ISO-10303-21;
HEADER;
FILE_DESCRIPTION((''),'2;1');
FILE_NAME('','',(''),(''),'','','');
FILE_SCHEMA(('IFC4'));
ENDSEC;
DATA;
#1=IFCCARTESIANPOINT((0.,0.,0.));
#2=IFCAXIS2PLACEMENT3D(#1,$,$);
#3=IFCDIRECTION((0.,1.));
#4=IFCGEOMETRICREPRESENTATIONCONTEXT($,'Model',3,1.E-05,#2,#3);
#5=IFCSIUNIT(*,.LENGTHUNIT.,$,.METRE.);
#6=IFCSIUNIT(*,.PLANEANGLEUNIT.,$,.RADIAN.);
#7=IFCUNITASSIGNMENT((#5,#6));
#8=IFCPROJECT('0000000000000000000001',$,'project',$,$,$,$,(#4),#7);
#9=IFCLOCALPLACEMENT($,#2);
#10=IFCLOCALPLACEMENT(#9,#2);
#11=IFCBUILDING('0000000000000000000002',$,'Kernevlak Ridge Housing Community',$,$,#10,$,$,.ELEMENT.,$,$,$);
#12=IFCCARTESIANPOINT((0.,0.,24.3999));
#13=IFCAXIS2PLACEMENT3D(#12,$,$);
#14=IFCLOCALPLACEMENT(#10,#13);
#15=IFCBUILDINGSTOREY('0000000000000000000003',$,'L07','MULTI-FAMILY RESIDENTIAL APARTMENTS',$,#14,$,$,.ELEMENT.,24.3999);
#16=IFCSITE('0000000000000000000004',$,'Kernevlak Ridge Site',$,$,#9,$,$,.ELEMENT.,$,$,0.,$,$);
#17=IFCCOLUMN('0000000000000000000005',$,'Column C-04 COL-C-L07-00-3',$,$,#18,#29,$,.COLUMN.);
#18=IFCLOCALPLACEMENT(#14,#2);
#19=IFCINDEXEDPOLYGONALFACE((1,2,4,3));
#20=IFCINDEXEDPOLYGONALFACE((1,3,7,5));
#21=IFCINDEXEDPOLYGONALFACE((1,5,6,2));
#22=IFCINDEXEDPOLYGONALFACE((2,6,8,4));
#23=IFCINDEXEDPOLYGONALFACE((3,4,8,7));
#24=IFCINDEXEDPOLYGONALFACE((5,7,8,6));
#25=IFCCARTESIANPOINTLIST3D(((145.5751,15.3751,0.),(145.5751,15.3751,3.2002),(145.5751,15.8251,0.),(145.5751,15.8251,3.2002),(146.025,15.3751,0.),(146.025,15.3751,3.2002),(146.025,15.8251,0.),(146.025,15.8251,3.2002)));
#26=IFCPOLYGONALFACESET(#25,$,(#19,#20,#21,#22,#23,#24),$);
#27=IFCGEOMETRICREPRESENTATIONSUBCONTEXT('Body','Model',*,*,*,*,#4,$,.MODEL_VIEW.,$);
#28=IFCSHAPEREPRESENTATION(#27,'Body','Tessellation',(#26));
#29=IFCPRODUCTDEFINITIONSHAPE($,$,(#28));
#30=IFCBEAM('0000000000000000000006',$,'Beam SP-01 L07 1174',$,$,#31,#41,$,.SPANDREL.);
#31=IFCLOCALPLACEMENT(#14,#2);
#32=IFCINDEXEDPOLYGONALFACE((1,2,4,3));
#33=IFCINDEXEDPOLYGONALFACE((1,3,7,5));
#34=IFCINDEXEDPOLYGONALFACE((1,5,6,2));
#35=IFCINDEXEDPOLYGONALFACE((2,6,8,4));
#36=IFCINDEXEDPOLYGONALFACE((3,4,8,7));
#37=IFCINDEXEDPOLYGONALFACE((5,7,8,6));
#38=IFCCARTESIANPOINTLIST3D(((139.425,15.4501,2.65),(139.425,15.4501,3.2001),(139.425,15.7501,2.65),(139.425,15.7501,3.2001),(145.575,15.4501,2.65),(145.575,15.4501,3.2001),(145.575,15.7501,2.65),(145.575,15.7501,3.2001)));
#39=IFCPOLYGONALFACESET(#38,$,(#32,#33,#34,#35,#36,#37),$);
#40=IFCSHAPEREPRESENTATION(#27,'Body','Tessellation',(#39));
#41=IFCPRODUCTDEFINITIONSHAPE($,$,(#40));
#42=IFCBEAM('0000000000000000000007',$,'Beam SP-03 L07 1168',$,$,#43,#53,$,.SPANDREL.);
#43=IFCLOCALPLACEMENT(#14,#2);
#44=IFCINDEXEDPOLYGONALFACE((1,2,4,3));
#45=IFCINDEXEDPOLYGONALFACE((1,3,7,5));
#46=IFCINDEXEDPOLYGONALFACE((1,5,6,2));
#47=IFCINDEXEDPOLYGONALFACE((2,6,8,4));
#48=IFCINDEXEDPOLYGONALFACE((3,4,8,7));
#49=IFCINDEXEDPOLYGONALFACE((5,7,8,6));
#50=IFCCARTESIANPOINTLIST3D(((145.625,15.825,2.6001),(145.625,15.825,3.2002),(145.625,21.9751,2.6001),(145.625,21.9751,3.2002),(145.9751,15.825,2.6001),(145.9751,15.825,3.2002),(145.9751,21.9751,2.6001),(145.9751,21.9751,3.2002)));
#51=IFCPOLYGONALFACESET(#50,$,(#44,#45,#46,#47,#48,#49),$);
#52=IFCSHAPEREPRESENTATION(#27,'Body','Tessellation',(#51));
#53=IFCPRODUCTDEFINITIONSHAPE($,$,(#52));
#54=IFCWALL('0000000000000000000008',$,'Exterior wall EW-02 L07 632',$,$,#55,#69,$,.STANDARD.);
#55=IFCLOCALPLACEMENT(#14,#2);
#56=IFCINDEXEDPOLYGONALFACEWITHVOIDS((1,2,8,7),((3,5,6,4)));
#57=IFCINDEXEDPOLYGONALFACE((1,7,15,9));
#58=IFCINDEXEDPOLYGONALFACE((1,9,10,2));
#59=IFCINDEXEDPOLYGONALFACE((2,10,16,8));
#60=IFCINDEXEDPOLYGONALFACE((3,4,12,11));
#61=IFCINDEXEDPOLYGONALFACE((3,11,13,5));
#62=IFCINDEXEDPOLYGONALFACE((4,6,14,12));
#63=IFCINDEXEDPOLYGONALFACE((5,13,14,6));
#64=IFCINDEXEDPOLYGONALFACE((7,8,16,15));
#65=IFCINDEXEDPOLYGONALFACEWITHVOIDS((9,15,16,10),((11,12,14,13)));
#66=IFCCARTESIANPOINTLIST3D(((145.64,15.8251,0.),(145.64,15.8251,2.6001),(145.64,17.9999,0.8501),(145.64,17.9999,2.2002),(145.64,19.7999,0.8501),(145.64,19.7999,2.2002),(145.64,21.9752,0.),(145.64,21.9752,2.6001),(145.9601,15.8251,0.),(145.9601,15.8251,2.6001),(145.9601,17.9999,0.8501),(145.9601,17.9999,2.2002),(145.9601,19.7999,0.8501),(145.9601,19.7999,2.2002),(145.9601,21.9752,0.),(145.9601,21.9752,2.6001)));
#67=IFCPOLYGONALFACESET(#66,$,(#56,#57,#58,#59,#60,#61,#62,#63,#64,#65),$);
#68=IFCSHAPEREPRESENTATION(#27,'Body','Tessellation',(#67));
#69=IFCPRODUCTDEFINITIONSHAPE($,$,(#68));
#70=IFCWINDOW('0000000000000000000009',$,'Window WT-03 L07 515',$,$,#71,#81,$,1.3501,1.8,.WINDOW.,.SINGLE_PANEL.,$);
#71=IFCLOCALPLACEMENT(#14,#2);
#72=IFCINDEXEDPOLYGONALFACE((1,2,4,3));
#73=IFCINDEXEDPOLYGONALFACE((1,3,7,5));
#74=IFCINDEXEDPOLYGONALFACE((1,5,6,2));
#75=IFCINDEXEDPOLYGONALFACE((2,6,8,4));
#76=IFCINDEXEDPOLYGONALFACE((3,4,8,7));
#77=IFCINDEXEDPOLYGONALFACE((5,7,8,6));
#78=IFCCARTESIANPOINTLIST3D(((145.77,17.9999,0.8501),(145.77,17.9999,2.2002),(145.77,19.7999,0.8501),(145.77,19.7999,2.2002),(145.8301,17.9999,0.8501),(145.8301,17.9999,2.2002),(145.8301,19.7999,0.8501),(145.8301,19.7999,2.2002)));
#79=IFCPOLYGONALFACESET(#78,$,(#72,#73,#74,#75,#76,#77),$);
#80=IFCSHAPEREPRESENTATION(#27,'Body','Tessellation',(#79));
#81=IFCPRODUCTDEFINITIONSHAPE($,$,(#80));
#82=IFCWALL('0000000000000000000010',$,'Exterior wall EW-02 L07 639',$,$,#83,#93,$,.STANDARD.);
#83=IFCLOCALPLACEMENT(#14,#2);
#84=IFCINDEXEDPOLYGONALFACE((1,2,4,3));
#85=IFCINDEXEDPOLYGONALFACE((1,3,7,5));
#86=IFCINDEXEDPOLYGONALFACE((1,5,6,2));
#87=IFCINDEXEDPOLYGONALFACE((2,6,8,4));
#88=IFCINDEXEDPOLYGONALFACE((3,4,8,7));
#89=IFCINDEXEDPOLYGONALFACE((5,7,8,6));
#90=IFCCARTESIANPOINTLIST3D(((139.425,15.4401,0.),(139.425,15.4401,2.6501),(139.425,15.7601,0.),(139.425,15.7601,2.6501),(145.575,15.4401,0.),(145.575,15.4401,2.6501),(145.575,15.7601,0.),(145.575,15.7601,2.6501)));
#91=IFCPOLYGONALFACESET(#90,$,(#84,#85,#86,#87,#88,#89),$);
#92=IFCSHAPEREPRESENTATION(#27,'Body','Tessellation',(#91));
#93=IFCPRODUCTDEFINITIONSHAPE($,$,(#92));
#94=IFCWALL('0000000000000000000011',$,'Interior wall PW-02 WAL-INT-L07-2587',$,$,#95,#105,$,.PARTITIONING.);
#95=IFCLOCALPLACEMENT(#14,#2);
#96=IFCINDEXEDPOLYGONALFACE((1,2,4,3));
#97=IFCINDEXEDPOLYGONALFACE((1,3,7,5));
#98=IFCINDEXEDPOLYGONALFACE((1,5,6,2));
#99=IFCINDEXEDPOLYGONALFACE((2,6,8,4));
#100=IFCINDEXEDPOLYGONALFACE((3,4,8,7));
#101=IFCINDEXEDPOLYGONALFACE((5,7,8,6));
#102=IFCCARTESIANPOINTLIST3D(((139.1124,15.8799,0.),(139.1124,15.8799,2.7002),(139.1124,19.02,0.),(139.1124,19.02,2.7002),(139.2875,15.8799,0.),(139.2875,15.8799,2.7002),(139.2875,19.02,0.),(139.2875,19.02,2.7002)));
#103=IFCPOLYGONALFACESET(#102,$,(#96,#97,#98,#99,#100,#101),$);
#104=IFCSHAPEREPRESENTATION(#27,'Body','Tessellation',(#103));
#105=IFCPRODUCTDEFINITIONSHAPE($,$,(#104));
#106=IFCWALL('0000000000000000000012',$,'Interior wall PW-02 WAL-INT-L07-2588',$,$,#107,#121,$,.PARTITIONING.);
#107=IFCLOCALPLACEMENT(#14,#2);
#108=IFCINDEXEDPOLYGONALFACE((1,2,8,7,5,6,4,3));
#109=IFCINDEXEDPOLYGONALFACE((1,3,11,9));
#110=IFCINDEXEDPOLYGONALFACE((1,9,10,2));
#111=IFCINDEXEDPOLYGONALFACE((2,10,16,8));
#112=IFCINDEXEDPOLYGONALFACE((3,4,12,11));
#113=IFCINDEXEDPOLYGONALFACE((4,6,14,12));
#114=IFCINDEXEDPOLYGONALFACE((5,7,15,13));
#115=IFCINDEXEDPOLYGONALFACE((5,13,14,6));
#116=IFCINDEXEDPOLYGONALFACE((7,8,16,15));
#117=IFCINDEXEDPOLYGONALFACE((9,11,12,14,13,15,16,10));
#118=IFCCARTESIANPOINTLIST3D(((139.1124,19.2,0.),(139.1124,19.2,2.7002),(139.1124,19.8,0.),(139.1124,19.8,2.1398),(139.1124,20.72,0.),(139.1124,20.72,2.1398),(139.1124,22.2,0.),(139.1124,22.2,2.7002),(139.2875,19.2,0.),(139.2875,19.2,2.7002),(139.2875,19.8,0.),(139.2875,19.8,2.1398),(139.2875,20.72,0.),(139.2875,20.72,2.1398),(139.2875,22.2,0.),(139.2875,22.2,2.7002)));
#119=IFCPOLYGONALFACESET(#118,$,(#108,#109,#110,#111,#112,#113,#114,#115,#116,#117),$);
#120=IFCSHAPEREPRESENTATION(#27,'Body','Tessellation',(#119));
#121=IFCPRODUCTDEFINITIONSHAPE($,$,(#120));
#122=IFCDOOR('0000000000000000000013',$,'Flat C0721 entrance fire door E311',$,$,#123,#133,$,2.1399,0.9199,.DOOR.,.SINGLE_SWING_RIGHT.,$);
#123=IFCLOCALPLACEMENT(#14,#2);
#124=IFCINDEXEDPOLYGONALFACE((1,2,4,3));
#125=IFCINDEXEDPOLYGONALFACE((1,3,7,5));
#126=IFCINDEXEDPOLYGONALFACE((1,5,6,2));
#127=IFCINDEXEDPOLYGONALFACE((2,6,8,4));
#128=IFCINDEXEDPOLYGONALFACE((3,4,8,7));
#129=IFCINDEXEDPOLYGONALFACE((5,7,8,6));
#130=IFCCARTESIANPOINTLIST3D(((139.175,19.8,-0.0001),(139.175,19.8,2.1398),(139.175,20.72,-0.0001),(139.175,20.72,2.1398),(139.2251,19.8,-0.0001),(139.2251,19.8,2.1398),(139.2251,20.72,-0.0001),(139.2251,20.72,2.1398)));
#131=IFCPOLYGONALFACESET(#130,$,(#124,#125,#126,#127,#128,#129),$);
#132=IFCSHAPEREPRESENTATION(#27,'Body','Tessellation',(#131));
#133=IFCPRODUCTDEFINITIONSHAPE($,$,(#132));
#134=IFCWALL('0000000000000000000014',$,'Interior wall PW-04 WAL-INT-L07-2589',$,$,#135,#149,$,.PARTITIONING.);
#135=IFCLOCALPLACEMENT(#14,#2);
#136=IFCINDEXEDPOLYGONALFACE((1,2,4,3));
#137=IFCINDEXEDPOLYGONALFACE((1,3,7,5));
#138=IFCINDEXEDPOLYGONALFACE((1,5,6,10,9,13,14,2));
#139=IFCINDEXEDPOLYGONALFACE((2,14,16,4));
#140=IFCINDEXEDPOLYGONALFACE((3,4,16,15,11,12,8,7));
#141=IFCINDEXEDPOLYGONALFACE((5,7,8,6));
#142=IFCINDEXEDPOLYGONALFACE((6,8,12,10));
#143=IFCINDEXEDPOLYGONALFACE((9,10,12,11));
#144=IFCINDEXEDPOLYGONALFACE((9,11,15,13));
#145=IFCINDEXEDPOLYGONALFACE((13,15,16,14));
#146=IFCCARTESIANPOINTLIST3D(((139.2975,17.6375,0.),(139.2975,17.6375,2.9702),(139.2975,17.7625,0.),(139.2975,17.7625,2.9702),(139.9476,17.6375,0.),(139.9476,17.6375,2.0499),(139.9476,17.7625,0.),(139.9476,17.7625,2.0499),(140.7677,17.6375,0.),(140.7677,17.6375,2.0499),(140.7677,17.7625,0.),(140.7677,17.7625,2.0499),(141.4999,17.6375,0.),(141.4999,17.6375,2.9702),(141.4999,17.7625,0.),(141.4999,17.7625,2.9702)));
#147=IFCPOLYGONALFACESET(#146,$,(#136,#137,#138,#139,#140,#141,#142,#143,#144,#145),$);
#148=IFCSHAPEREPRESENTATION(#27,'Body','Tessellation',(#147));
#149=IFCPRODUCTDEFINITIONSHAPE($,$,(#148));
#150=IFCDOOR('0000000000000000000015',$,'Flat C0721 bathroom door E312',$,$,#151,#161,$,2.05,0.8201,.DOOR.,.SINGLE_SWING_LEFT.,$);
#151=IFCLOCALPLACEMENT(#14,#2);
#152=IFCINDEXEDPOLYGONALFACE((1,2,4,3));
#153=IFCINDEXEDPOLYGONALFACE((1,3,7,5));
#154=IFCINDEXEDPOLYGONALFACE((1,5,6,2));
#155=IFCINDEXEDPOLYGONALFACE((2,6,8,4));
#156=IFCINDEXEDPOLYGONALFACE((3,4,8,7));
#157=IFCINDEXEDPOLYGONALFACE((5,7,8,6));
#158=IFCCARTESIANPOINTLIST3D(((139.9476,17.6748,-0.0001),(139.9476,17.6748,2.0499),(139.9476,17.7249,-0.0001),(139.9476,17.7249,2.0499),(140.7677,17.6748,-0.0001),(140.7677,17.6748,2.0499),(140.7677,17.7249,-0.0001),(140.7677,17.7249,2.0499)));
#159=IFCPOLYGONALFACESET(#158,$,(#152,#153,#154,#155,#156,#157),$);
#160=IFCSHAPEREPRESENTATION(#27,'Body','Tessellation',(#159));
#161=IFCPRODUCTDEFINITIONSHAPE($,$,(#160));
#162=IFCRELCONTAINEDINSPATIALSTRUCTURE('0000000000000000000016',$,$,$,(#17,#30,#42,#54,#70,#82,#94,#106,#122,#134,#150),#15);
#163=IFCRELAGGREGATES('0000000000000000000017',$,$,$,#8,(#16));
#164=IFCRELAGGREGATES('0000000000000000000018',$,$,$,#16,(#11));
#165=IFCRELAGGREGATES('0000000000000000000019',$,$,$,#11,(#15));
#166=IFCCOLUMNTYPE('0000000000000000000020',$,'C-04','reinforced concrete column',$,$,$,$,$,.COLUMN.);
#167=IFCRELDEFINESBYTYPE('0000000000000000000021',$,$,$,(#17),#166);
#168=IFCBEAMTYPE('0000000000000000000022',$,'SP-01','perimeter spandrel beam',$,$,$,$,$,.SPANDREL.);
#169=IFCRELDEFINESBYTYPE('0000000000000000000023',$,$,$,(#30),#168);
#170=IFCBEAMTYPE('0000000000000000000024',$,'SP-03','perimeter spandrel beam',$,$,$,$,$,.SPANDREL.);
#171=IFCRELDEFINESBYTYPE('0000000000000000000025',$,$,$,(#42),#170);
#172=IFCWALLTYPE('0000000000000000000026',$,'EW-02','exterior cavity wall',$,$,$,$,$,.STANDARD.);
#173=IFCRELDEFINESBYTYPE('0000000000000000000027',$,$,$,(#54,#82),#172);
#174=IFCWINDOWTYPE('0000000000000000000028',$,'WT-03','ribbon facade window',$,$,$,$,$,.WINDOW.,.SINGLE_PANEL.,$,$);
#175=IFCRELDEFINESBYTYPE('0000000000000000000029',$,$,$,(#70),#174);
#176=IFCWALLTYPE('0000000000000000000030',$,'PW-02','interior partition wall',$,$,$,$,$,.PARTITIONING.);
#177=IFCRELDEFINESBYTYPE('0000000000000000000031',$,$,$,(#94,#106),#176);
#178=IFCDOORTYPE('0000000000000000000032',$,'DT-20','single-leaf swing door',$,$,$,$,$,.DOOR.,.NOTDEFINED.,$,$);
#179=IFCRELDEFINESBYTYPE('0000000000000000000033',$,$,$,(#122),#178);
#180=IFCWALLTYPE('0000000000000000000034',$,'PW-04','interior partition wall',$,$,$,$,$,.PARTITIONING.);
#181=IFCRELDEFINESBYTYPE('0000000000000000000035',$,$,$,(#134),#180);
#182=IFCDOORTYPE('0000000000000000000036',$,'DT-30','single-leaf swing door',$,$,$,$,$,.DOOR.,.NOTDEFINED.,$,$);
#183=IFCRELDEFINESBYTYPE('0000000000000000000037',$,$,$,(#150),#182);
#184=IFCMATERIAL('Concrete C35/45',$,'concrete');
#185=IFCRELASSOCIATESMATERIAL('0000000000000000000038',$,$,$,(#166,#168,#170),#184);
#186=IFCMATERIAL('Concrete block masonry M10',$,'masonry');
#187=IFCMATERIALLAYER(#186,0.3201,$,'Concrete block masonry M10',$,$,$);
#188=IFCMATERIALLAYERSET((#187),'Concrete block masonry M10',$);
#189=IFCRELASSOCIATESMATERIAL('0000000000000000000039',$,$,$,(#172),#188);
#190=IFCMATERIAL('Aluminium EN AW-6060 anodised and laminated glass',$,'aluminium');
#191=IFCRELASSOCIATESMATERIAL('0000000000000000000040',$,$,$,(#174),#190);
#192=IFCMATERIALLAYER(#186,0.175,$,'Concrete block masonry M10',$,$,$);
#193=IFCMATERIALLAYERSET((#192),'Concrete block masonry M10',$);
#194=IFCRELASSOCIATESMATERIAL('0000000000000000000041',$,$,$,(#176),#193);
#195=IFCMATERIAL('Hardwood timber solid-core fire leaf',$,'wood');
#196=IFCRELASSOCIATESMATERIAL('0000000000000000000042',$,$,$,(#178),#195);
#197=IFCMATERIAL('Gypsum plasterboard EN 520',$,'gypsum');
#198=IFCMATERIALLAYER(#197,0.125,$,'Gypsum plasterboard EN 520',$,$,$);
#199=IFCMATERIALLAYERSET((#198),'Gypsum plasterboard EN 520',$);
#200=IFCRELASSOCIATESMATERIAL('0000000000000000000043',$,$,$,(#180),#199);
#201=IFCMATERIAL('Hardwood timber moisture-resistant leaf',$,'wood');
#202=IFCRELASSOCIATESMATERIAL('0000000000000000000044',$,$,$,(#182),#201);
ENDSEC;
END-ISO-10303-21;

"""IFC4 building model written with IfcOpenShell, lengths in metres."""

from ifc_helpers import new_model, si_unit, direction, frame, frame_2d, origin, origin_2d, place, context, subcontext, project, spatial, rectangle, extrude, material, layer, layer_set, material_profile, profile_set, type_object, element, fill, save


model = new_model("IFC4")

# Units and contexts
model_context = context("Model", 3, precision=1e-05, world=origin(), true_north=direction((0.0, 1.0)))
body_context = subcontext(model_context, "Body", "Model", "MODEL_VIEW")
ifc_project = project(units=[si_unit("LENGTHUNIT", "METRE"), si_unit("PLANEANGLEUNIT", "RADIAN")], contexts=[model_context])

# Site, building, storey
site_placement = place(None, origin())
site = spatial("IfcSite", under=ifc_project, at=site_placement, Name="Kernevlak Ridge Site", CompositionType="ELEMENT", RefElevation=0.0)
building_placement = place(site_placement, origin())
building = spatial("IfcBuilding", under=site, at=building_placement, Name="Kernevlak Ridge Housing Community", CompositionType="ELEMENT")
storey_placement = place(building_placement, frame((0.0, 0.0, 24.3999)))
storey = spatial("IfcBuildingStorey", under=building, at=storey_placement, Name="L07", Description="MULTI-FAMILY RESIDENTIAL APARTMENTS", CompositionType="ELEMENT", Elevation=24.3999)

# Column
ifc_material_1 = material(Name="Concrete C35/45", Category="concrete")
ifc_material_profile_1 = material_profile(ifc_material_1, rectangle(XDim=0.45, YDim=0.45, at=origin_2d()), Name="RC 450x450")
ifc_profile_set_1 = profile_set([ifc_material_profile_1], Name="Concrete C35/45")
column_type = type_object("IfcColumnType", Name="C-04", Description="reinforced concrete column", PredefinedType="COLUMN", material=ifc_profile_set_1)
column_placement = place(storey_placement, frame((145.8, 15.6001, 0.0), z_axis=(0.0, 0.0, 1.0), x_axis=(1.0, 0.0, 0.0)))
element("IfcColumn", 1, at=column_placement, inside=storey, type_object=column_type, Name="Column C-04 COL-C-L07-00-3", PredefinedType="COLUMN", context=body_context, shape_type="SweptSolid", body=[
    extrude(rectangle(XDim=0.45, YDim=0.45, at=origin_2d()), origin(), (0.0, 0.0, 1.0), 3.2002),
])

# Beams
ifc_material_profile_2 = material_profile(ifc_material_1, rectangle(XDim=0.3, YDim=0.55, at=origin_2d()), Name="RC 300x550")
ifc_profile_set_2 = profile_set([ifc_material_profile_2], Name="Concrete C35/45")
beam_type_1 = type_object("IfcBeamType", Name="SP-01", Description="perimeter spandrel beam", PredefinedType="SPANDREL", material=ifc_profile_set_2)
beam_1_placement = place(storey_placement, frame((139.425, 15.6001, 2.925), z_axis=(1.0, 0.0, 0.0), x_axis=(0.0, 1.0, 0.0)))
element("IfcBeam", 2, at=beam_1_placement, inside=storey, type_object=beam_type_1, Name="Beam SP-01 L07 1174", PredefinedType="SPANDREL", context=body_context, shape_type="SweptSolid", body=[
    extrude(rectangle(XDim=0.3, YDim=0.55, at=origin_2d()), origin(), (0.0, 0.0, 1.0), 6.1499),
])
ifc_material_profile_3 = material_profile(ifc_material_1, rectangle(XDim=0.3501, YDim=0.6001, at=origin_2d()), Name="RC 350x600")
ifc_profile_set_3 = profile_set([ifc_material_profile_3], Name="Concrete C35/45")
beam_type_2 = type_object("IfcBeamType", Name="SP-03", Description="perimeter spandrel beam", PredefinedType="SPANDREL", material=ifc_profile_set_3)
beam_2_placement = place(storey_placement, frame((145.8, 15.825, 2.9001), z_axis=(0.0, 1.0, 0.0), x_axis=(-1.0, 0.0, 0.0)))
element("IfcBeam", 3, at=beam_2_placement, inside=storey, type_object=beam_type_2, Name="Beam SP-03 L07 1168", PredefinedType="SPANDREL", context=body_context, shape_type="SweptSolid", body=[
    extrude(rectangle(XDim=0.3501, YDim=0.6001, at=origin_2d()), origin(), (0.0, 0.0, 1.0), 6.1501),
])

# Wall, opening, window
ifc_material_2 = material(Name="Concrete block masonry M10", Category="masonry")
ifc_layer_1 = layer(ifc_material_2, 0.3201, Name="Concrete block masonry M10")
ifc_layer_set_1 = layer_set([ifc_layer_1], Name="Concrete block masonry M10")
wall_type_1 = type_object("IfcWallType", Name="EW-02", Description="exterior cavity wall", PredefinedType="STANDARD", material=ifc_layer_set_1)
wall_1_placement = place(storey_placement, frame((145.8, 15.825, 0.0), z_axis=(0.0, 0.0, 1.0), x_axis=(0.0, 1.0, 0.0)))
wall_1 = element("IfcWall", 4, at=wall_1_placement, inside=storey, type_object=wall_type_1, Name="Exterior wall EW-02 L07 632", PredefinedType="STANDARD", context=body_context, shape_type="SweptSolid", body=[
    extrude(rectangle(XDim=6.1501, YDim=0.3201, at=frame_2d((3.0752, 0.0))), origin(), (0.0, 0.0, 1.0), 2.6001),
])
opening_1_placement = place(wall_1_placement, frame((2.175, 0.0, 0.8501)))
opening_1 = element("IfcOpeningElement", 5, at=opening_1_placement, cuts=wall_1, PredefinedType="OPENING", context=body_context, shape_type="SweptSolid", body=[
    extrude(rectangle(XDim=1.8, YDim=1.3501, at=frame_2d((0.8999, 0.675))), frame((0.0, 0.1699, 0.0), z_axis=(0.0, -1.0, 0.0), x_axis=(1.0, 0.0, 0.0)), (0.0, 0.0, 1.0), 0.3401),
])
ifc_material_3 = material(Name="Aluminium EN AW-6060 anodised and laminated glass", Category="aluminium")
window_type = type_object("IfcWindowType", Name="WT-03", Description="ribbon facade window", PartitioningType="SINGLE_PANEL", PredefinedType="WINDOW", material=ifc_material_3)
window_placement = place(opening_1_placement, origin())
window = element("IfcWindow", 6, at=window_placement, inside=storey, type_object=window_type, Name="Window WT-03 L07 515", OverallHeight=1.3501, OverallWidth=1.8, PartitioningType="SINGLE_PANEL", PredefinedType="WINDOW", context=body_context, shape_type="SweptSolid", body=[
    extrude(rectangle(XDim=1.8, YDim=1.3501, at=frame_2d((0.8999, 0.675))), frame((0.0, 0.03, 0.0), z_axis=(0.0, -1.0, 0.0), x_axis=(1.0, 0.0, 0.0)), (0.0, 0.0, 1.0), 0.0601),
])
fill(opening_1, window)

# Walls
wall_2_placement = place(storey_placement, frame((139.425, 15.6001, 0.0), z_axis=(0.0, 0.0, 1.0), x_axis=(1.0, 0.0, 0.0)))
element("IfcWall", 7, at=wall_2_placement, inside=storey, type_object=wall_type_1, Name="Exterior wall EW-02 L07 639", PredefinedType="STANDARD", context=body_context, shape_type="SweptSolid", body=[
    extrude(rectangle(XDim=6.1499, YDim=0.3201, at=frame_2d((3.075, 0.0))), origin(), (0.0, 0.0, 1.0), 2.6501),
])
ifc_layer_2 = layer(ifc_material_2, 0.175, Name="Concrete block masonry M10")
ifc_layer_set_2 = layer_set([ifc_layer_2], Name="Concrete block masonry M10")
wall_type_2 = type_object("IfcWallType", Name="PW-02", Description="interior partition wall", PredefinedType="PARTITIONING", material=ifc_layer_set_2)
wall_3_placement = place(storey_placement, frame((139.2, 15.8799, 0.0), z_axis=(0.0, 0.0, 1.0), x_axis=(0.0, 1.0, 0.0)))
element("IfcWall", 8, at=wall_3_placement, inside=storey, type_object=wall_type_2, Name="Interior wall PW-02 WAL-INT-L07-2587", PredefinedType="PARTITIONING", context=body_context, shape_type="SweptSolid", body=[
    extrude(rectangle(XDim=3.1401, YDim=0.175, at=frame_2d((1.5701, 0.0))), origin(), (0.0, 0.0, 1.0), 2.7002),
])

# Walls, openings, doors
wall_4_placement = place(storey_placement, frame((139.2, 19.2, 0.0), z_axis=(0.0, 0.0, 1.0), x_axis=(0.0, 1.0, 0.0)))
wall_4 = element("IfcWall", 9, at=wall_4_placement, inside=storey, type_object=wall_type_2, Name="Interior wall PW-02 WAL-INT-L07-2588", PredefinedType="PARTITIONING", context=body_context, shape_type="SweptSolid", body=[
    extrude(rectangle(XDim=3.0, YDim=0.175, at=frame_2d((1.5, 0.0))), origin(), (0.0, 0.0, 1.0), 2.7002),
])
opening_2_placement = place(wall_4_placement, frame((0.6001, 0.0, 0.0)))
opening_2 = element("IfcOpeningElement", 10, at=opening_2_placement, cuts=wall_4, PredefinedType="OPENING", context=body_context, shape_type="SweptSolid", body=[
    extrude(rectangle(XDim=0.9199, YDim=2.1399, at=frame_2d((0.46, 1.0698))), frame((0.0, 0.0974, 0.0), z_axis=(0.0, -1.0, 0.0), x_axis=(1.0, 0.0, 0.0)), (0.0, 0.0, 1.0), 0.1951),
])
ifc_material_4 = material(Name="Hardwood timber solid-core fire leaf", Category="wood")
door_type_1 = type_object("IfcDoorType", Name="DT-20", Description="single-leaf swing door", OperationType="NOTDEFINED", PredefinedType="DOOR", material=ifc_material_4)
door_1_placement = place(opening_2_placement, origin())
door_1 = element("IfcDoor", 11, at=door_1_placement, inside=storey, type_object=door_type_1, Name="Flat C0721 entrance fire door E311", OperationType="SINGLE_SWING_RIGHT", OverallHeight=2.1399, OverallWidth=0.9199, PredefinedType="DOOR", context=body_context, shape_type="SweptSolid", body=[
    extrude(rectangle(XDim=0.9199, YDim=2.1399, at=frame_2d((0.46, 1.0698))), frame((0.0, 0.0249, 0.0), z_axis=(0.0, -1.0, 0.0), x_axis=(1.0, 0.0, 0.0)), (0.0, 0.0, 1.0), 0.05),
])
fill(opening_2, door_1)
ifc_material_5 = material(Name="Gypsum plasterboard EN 520", Category="gypsum")
ifc_layer_3 = layer(ifc_material_5, 0.125, Name="Gypsum plasterboard EN 520")
ifc_layer_set_3 = layer_set([ifc_layer_3], Name="Gypsum plasterboard EN 520")
wall_type_3 = type_object("IfcWallType", Name="PW-04", Description="interior partition wall", PredefinedType="PARTITIONING", material=ifc_layer_set_3)
wall_5_placement = place(storey_placement, frame((139.2976, 17.7, 0.0), z_axis=(0.0, 0.0, 1.0), x_axis=(1.0, 0.0, 0.0)))
wall_5 = element("IfcWall", 12, at=wall_5_placement, inside=storey, type_object=wall_type_3, Name="Interior wall PW-04 WAL-INT-L07-2589", PredefinedType="PARTITIONING", context=body_context, shape_type="SweptSolid", body=[
    extrude(rectangle(XDim=2.2024, YDim=0.125, at=frame_2d((1.1011, 0.0))), origin(), (0.0, 0.0, 1.0), 2.9702),
])
opening_3_placement = place(wall_5_placement, frame((0.6499, 0.0, 0.0)))
opening_3 = element("IfcOpeningElement", 13, at=opening_3_placement, cuts=wall_5, PredefinedType="OPENING", context=body_context, shape_type="SweptSolid", body=[
    extrude(rectangle(XDim=0.8201, YDim=2.05, at=frame_2d((0.4102, 1.0249))), frame((0.0, 0.0725, 0.0), z_axis=(0.0, -1.0, 0.0), x_axis=(1.0, 0.0, 0.0)), (0.0, 0.0, 1.0), 0.145),
])
ifc_material_6 = material(Name="Hardwood timber moisture-resistant leaf", Category="wood")
door_type_2 = type_object("IfcDoorType", Name="DT-30", Description="single-leaf swing door", OperationType="NOTDEFINED", PredefinedType="DOOR", material=ifc_material_6)
door_2_placement = place(opening_3_placement, origin())
door_2 = element("IfcDoor", 14, at=door_2_placement, inside=storey, type_object=door_type_2, Name="Flat C0721 bathroom door E312", OperationType="SINGLE_SWING_LEFT", OverallHeight=2.05, OverallWidth=0.8201, PredefinedType="DOOR", context=body_context, shape_type="SweptSolid", body=[
    extrude(rectangle(XDim=0.8201, YDim=2.05, at=frame_2d((0.4102, 1.0249))), frame((0.0, 0.0249, 0.0), z_axis=(0.0, -1.0, 0.0), x_axis=(1.0, 0.0, 0.0)), (0.0, 0.0, 1.0), 0.05),
])
fill(opening_3, door_2)

save(model, "model.ifc")
